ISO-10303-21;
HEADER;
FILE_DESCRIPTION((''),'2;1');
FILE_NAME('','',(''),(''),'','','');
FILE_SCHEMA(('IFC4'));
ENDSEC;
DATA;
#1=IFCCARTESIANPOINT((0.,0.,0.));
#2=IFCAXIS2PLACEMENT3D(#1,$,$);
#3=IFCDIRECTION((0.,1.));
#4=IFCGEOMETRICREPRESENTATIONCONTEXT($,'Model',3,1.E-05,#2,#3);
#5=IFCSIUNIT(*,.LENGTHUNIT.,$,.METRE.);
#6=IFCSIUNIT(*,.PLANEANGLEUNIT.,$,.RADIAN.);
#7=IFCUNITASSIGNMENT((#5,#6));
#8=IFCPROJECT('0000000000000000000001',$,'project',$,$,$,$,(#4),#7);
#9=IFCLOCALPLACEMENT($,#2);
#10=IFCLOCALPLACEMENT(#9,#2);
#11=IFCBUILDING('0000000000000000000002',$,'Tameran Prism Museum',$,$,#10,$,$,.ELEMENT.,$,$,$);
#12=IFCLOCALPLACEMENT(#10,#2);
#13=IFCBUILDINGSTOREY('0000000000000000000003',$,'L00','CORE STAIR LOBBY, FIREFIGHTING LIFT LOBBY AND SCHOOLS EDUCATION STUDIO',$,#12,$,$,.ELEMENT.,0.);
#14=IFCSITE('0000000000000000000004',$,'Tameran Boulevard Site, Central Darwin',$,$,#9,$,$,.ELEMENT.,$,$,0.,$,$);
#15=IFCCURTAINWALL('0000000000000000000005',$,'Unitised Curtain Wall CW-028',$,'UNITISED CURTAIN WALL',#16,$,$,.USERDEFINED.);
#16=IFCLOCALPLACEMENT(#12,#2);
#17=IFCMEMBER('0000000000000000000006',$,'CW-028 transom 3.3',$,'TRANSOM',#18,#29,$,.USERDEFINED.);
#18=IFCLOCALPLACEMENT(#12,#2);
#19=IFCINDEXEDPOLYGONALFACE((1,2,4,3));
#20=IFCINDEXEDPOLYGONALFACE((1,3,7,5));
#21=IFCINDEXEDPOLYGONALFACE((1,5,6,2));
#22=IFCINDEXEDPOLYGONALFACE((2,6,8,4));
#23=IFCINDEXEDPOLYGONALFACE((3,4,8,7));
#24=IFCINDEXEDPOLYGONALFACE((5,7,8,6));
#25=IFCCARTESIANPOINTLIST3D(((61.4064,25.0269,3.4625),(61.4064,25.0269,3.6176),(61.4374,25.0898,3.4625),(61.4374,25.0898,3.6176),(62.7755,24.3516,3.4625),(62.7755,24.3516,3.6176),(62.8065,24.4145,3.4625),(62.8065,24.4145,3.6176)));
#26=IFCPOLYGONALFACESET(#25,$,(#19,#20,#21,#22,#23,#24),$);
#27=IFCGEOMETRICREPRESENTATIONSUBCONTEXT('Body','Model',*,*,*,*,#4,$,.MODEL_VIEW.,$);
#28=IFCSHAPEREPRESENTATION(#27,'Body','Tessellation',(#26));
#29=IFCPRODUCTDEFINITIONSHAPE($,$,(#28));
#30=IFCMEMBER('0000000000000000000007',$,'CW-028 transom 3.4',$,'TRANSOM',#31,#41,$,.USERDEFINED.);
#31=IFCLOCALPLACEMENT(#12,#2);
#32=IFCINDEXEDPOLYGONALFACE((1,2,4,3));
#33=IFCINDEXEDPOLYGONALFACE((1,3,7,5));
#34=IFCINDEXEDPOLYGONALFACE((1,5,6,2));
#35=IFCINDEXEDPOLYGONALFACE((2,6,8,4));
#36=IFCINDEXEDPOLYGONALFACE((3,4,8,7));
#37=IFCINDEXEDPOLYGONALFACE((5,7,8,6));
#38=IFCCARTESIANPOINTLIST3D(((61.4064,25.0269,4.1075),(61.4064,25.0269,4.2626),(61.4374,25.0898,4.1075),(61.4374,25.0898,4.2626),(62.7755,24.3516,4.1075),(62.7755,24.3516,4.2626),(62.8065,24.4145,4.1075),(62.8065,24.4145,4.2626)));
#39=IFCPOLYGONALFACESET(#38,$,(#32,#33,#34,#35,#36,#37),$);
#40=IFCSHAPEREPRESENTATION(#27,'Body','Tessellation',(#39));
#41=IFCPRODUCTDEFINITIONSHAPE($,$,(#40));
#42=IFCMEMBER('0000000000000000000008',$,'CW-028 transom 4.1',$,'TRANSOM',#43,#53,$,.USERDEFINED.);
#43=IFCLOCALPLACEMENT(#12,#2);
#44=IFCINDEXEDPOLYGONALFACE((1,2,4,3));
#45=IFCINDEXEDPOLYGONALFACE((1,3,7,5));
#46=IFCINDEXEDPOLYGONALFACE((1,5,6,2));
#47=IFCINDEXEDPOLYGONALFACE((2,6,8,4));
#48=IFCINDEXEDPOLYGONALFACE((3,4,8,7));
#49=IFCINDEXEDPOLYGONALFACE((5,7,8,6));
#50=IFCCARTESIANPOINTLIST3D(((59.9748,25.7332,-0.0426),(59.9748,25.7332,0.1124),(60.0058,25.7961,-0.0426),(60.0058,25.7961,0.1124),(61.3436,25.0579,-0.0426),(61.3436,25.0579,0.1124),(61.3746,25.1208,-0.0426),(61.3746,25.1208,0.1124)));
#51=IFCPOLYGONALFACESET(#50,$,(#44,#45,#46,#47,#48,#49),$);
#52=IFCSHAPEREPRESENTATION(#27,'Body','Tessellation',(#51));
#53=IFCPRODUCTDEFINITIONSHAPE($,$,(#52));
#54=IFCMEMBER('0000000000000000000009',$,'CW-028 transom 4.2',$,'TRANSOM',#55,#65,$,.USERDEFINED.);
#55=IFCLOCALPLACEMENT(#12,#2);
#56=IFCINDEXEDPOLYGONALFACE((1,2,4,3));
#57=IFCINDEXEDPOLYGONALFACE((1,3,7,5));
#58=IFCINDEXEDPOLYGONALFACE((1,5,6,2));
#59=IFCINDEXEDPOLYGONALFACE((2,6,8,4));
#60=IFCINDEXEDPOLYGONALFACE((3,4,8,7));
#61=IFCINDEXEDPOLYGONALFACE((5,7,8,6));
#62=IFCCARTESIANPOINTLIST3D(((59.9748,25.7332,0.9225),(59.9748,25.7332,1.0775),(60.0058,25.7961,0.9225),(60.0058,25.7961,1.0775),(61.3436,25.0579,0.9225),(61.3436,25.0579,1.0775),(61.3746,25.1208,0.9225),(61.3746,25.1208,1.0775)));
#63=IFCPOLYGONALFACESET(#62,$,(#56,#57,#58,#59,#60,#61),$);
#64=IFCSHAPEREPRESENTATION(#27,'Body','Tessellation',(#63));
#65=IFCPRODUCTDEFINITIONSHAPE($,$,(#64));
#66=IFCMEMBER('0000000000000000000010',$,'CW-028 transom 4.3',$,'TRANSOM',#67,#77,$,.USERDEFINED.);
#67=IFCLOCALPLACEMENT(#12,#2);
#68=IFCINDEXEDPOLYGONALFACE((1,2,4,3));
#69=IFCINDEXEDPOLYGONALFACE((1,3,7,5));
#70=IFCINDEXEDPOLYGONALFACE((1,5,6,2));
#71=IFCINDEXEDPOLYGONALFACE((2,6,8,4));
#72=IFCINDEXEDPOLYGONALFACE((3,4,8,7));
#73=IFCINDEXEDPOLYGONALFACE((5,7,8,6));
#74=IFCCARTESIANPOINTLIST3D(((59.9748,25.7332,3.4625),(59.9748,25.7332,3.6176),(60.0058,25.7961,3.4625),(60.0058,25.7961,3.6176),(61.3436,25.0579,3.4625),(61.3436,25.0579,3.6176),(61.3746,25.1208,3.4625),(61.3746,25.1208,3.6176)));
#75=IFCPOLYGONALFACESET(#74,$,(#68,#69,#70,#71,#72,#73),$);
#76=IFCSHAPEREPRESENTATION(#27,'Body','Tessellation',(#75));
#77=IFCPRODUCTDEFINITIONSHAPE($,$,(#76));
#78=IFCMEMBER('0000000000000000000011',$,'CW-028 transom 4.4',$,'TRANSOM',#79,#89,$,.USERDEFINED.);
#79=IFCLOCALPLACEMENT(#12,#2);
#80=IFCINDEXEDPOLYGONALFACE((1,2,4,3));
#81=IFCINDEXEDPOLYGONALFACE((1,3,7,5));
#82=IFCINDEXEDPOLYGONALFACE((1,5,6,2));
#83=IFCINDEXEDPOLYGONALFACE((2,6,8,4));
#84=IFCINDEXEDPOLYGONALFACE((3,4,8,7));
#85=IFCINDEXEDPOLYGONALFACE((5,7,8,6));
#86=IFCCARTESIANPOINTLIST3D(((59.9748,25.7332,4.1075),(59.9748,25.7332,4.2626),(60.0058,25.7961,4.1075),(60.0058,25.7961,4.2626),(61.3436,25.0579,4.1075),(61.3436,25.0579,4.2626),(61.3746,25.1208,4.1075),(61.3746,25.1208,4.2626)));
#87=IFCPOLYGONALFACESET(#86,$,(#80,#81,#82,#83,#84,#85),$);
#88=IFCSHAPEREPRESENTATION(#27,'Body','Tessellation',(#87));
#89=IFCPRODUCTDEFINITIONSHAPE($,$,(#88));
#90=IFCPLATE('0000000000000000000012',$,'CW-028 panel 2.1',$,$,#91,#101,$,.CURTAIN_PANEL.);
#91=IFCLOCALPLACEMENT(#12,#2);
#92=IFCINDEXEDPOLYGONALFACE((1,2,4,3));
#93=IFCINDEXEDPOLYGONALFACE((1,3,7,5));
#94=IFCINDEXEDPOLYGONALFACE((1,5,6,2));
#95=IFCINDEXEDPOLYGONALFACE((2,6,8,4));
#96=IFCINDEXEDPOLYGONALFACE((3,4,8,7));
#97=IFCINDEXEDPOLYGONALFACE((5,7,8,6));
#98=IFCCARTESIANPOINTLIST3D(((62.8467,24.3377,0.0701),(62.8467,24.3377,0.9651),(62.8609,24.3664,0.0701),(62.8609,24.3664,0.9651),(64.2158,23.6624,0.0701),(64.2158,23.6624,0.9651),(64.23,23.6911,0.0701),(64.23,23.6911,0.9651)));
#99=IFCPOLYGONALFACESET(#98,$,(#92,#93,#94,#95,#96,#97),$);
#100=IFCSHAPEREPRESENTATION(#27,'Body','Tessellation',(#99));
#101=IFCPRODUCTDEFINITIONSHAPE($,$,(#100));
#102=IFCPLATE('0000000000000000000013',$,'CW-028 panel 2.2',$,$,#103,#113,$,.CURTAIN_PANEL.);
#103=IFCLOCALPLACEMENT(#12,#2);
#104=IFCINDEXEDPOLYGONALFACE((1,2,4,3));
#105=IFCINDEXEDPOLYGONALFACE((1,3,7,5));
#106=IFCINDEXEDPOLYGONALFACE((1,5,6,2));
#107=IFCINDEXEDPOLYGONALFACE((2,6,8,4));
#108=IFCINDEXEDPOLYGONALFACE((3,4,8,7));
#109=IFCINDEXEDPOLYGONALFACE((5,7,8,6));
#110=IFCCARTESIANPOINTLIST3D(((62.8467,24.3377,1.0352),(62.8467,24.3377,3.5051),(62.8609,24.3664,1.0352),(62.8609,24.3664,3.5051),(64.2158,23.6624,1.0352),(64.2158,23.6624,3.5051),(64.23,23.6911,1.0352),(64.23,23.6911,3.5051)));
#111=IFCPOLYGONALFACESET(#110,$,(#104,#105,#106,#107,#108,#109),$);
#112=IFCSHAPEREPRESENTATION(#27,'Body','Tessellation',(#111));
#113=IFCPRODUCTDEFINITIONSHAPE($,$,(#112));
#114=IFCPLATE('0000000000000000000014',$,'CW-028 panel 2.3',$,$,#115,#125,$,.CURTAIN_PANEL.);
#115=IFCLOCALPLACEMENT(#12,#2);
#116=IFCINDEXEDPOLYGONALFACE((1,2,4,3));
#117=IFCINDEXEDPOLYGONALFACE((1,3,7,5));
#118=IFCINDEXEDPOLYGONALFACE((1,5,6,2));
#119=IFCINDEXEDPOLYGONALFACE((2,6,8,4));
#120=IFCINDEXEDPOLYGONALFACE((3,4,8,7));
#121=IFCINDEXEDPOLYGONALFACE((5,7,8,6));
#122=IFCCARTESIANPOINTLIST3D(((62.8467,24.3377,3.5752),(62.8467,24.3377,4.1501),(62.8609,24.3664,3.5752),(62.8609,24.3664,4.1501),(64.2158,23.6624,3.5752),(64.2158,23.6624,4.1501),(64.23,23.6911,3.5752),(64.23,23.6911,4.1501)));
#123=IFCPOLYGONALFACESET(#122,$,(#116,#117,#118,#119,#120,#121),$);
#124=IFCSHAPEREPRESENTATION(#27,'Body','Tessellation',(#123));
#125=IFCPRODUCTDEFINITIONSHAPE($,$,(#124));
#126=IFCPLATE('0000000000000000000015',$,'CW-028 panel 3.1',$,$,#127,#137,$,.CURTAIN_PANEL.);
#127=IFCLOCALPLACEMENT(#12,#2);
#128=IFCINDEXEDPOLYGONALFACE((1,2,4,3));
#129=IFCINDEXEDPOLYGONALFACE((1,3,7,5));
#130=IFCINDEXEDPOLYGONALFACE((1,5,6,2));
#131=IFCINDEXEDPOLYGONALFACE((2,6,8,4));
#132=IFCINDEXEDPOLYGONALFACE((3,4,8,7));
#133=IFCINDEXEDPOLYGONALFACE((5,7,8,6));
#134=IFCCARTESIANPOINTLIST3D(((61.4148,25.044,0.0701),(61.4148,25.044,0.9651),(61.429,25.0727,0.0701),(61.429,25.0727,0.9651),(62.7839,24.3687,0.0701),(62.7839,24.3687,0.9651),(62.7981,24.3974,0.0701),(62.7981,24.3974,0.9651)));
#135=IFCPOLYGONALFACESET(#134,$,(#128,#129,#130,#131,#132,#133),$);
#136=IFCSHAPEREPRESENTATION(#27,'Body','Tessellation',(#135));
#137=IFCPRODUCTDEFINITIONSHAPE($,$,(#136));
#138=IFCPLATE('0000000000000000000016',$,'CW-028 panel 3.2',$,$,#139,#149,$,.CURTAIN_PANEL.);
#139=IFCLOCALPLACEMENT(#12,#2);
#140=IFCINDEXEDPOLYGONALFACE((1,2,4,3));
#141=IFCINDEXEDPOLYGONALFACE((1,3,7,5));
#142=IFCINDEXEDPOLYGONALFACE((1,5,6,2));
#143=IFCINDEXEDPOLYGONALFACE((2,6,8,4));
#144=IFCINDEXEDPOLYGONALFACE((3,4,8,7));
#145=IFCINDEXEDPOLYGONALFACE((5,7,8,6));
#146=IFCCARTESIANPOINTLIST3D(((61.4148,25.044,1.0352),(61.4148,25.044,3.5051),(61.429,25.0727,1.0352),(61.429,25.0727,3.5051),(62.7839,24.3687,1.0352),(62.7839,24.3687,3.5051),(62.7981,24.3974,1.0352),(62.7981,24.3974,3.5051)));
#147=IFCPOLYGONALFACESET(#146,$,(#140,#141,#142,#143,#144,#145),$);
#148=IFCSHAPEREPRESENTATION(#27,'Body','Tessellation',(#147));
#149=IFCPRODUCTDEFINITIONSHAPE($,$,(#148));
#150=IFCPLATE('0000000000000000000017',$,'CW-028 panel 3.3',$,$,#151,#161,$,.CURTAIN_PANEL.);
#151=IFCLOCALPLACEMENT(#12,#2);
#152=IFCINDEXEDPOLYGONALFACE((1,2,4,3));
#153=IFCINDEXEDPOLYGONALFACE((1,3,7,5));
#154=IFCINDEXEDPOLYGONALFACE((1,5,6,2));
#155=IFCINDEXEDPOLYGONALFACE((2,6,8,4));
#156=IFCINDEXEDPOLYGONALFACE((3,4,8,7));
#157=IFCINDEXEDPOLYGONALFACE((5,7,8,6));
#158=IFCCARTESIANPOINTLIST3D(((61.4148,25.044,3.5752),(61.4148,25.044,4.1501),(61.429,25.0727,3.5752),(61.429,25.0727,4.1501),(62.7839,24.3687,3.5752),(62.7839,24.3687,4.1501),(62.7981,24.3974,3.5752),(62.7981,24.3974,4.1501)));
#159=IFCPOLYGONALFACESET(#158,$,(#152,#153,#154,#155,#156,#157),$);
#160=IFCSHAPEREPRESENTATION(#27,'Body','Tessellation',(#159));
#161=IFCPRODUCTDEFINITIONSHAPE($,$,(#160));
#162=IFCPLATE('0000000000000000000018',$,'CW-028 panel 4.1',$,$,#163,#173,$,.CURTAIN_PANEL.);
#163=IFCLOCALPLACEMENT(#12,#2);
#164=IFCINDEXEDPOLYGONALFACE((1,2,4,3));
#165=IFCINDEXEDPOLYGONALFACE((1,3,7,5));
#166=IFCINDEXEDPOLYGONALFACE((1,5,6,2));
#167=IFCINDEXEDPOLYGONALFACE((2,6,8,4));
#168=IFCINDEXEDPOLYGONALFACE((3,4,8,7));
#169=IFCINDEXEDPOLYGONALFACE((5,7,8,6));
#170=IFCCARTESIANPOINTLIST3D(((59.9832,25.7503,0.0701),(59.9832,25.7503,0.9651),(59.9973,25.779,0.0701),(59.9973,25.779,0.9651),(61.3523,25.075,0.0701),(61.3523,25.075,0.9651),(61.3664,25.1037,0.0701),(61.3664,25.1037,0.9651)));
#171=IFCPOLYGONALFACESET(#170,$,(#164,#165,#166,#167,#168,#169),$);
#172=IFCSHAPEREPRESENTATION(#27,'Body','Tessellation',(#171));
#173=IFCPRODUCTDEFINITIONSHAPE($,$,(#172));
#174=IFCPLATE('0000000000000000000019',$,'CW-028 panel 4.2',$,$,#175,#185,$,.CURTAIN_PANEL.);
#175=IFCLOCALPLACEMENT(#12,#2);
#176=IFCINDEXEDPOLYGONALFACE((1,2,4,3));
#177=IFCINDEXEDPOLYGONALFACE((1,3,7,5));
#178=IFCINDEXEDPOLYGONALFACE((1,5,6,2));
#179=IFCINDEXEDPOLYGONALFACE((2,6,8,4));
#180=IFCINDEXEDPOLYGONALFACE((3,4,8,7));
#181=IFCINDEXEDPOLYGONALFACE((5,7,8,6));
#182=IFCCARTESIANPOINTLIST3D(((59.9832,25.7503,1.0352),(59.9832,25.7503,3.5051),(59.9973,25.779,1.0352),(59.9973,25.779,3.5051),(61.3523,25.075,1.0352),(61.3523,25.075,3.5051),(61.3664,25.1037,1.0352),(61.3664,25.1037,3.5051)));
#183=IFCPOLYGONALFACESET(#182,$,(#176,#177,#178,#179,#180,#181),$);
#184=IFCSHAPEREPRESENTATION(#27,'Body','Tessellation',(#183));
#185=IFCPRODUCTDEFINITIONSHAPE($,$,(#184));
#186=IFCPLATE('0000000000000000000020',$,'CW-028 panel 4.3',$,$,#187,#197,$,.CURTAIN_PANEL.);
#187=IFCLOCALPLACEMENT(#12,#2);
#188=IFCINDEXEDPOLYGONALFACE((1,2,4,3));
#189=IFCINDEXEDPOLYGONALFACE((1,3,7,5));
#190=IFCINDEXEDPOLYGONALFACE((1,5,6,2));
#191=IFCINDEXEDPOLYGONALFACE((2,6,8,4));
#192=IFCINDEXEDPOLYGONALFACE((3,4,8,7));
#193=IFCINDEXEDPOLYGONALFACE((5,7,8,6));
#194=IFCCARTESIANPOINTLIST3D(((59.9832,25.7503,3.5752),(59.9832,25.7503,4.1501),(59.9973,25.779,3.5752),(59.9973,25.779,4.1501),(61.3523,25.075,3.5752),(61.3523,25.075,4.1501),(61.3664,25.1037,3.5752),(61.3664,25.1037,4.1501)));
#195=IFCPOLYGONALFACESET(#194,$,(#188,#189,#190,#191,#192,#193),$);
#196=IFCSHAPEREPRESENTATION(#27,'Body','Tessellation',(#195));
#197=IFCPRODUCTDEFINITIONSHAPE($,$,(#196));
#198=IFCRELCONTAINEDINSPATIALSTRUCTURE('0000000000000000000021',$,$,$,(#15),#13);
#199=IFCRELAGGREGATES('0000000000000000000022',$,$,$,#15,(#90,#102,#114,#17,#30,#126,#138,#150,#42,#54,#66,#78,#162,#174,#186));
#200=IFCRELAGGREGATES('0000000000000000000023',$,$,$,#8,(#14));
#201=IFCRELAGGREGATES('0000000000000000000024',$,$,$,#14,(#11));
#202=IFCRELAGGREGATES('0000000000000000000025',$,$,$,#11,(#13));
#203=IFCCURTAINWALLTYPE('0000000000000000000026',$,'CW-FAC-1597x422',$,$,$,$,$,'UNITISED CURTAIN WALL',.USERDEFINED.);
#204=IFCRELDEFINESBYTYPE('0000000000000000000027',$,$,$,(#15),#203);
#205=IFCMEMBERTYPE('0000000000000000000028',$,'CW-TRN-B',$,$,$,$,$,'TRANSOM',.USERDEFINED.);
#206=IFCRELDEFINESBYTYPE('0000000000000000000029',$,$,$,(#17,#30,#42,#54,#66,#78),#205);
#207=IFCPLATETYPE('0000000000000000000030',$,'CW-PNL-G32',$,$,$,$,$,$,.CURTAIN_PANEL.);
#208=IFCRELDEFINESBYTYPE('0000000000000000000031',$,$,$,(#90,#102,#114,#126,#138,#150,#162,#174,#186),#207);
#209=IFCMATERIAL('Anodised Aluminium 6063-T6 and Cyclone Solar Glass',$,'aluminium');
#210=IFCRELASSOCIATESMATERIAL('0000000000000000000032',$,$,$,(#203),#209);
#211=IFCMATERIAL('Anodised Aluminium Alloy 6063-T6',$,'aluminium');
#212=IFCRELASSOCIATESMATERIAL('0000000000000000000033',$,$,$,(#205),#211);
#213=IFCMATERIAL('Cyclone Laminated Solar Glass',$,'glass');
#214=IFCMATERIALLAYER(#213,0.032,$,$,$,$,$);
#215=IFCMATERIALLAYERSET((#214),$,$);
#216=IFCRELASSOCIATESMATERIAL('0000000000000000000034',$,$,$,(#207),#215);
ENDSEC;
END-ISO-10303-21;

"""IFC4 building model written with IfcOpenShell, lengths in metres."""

from ifc_helpers import new_model, si_unit, direction, frame, origin, origin_2d, place, context, subcontext, project, spatial, rectangle, extrude, material, layer, layer_set, material_profile, profile_set, type_object, element, aggregate, save


model = new_model("IFC4")

# Units and contexts
model_context = context("Model", 3, precision=1e-05, world=origin(), true_north=direction((0.0, 1.0)))
body_context = subcontext(model_context, "Body", "Model", "MODEL_VIEW")
ifc_project = project(units=[si_unit("LENGTHUNIT", "METRE"), si_unit("PLANEANGLEUNIT", "RADIAN")], contexts=[model_context])

# Site, building, storey
site_placement = place(None, origin())
site = spatial("IfcSite", under=ifc_project, at=site_placement, Name="Tameran Boulevard Site, Central Darwin", CompositionType="ELEMENT", RefElevation=0.0)
building_placement = place(site_placement, origin())
building = spatial("IfcBuilding", under=site, at=building_placement, Name="Tameran Prism Museum", CompositionType="ELEMENT")
storey_placement = place(building_placement, origin())
storey = spatial("IfcBuildingStorey", under=building, at=storey_placement, Name="L00", Description="CORE STAIR LOBBY, FIREFIGHTING LIFT LOBBY AND SCHOOLS EDUCATION STUDIO", CompositionType="ELEMENT", Elevation=0.0)

# Curtain wall, members, plates
ifc_material_1 = material(Name="Anodised Aluminium 6063-T6 and Cyclone Solar Glass", Category="aluminium")
curtain_wall_type = type_object("IfcCurtainWallType", Name="CW-FAC-1597x422", ElementType="UNITISED CURTAIN WALL", PredefinedType="USERDEFINED", material=ifc_material_1)
curtain_wall_placement = place(storey_placement, origin())
curtain_wall = element("IfcCurtainWall", 1, at=curtain_wall_placement, inside=storey, type_object=curtain_wall_type, Name="Unitised Curtain Wall CW-028", ObjectType="UNITISED CURTAIN WALL", PredefinedType="USERDEFINED")
ifc_material_2 = material(Name="Anodised Aluminium Alloy 6063-T6", Category="aluminium")
ifc_material_profile_1 = material_profile(ifc_material_2, rectangle(XDim=0.0701, YDim=0.155, at=origin_2d()))
ifc_profile_set_1 = profile_set([ifc_material_profile_1])
member_type_1 = type_object("IfcMemberType", Name="CW-TRN-B", ElementType="TRANSOM", PredefinedType="USERDEFINED", material=ifc_profile_set_1)
member_1_placement = place(storey_placement, frame((62.791, 24.3831, 3.54), z_axis=(-0.896845, 0.442345, 0.0), x_axis=(-0.442345, -0.896845, 0.0)))
member_1 = element("IfcMember", 2, at=member_1_placement, type_object=member_type_1, Name="CW-028 transom 3.3", ObjectType="TRANSOM", PredefinedType="USERDEFINED", context=body_context, shape_type="SweptSolid", body=[
    extrude(rectangle(XDim=0.0701, YDim=0.155, at=origin_2d()), origin(), (0.0, 0.0, 1.0), 1.5266),
])
member_2_placement = place(storey_placement, frame((62.791, 24.3831, 4.1851), z_axis=(-0.896845, 0.442345, 0.0), x_axis=(-0.442345, -0.896845, 0.0)))
member_2 = element("IfcMember", 3, at=member_2_placement, type_object=member_type_1, Name="CW-028 transom 3.4", ObjectType="TRANSOM", PredefinedType="USERDEFINED", context=body_context, shape_type="SweptSolid", body=[
    extrude(rectangle(XDim=0.0701, YDim=0.155, at=origin_2d()), origin(), (0.0, 0.0, 1.0), 1.5266),
])
member_3_placement = place(storey_placement, frame((61.3591, 25.0894, 0.0349), z_axis=(-0.896813, 0.442409, 0.0), x_axis=(-0.442409, -0.896813, 0.0)))
member_3 = element("IfcMember", 4, at=member_3_placement, type_object=member_type_1, Name="CW-028 transom 4.1", ObjectType="TRANSOM", PredefinedType="USERDEFINED", context=body_context, shape_type="SweptSolid", body=[
    extrude(rectangle(XDim=0.0701, YDim=0.155, at=origin_2d()), origin(), (0.0, 0.0, 1.0), 1.5264),
])
member_4_placement = place(storey_placement, frame((61.3591, 25.0894, 1.0), z_axis=(-0.896813, 0.442409, 0.0), x_axis=(-0.442409, -0.896813, 0.0)))
member_4 = element("IfcMember", 5, at=member_4_placement, type_object=member_type_1, Name="CW-028 transom 4.2", ObjectType="TRANSOM", PredefinedType="USERDEFINED", context=body_context, shape_type="SweptSolid", body=[
    extrude(rectangle(XDim=0.0701, YDim=0.155, at=origin_2d()), origin(), (0.0, 0.0, 1.0), 1.5264),
])
member_5_placement = place(storey_placement, frame((61.3591, 25.0894, 3.54), z_axis=(-0.896813, 0.442409, 0.0), x_axis=(-0.442409, -0.896813, 0.0)))
member_5 = element("IfcMember", 6, at=member_5_placement, type_object=member_type_1, Name="CW-028 transom 4.3", ObjectType="TRANSOM", PredefinedType="USERDEFINED", context=body_context, shape_type="SweptSolid", body=[
    extrude(rectangle(XDim=0.0701, YDim=0.155, at=origin_2d()), origin(), (0.0, 0.0, 1.0), 1.5264),
])
member_6_placement = place(storey_placement, frame((61.3591, 25.0894, 4.1851), z_axis=(-0.896813, 0.442409, 0.0), x_axis=(-0.442409, -0.896813, 0.0)))
member_6 = element("IfcMember", 7, at=member_6_placement, type_object=member_type_1, Name="CW-028 transom 4.4", ObjectType="TRANSOM", PredefinedType="USERDEFINED", context=body_context, shape_type="SweptSolid", body=[
    extrude(rectangle(XDim=0.0701, YDim=0.155, at=origin_2d()), origin(), (0.0, 0.0, 1.0), 1.5264),
])
ifc_material_3 = material(Name="Cyclone Laminated Solar Glass", Category="glass")
ifc_layer = layer(ifc_material_3, 0.032)
ifc_layer_set = layer_set([ifc_layer])
plate_type = type_object("IfcPlateType", Name="CW-PNL-G32", PredefinedType="CURTAIN_PANEL", material=ifc_layer_set)
plate_1_placement = place(storey_placement, frame((63.5383, 24.0144, 0.0701), z_axis=(0.0, 0.0, 1.0), x_axis=(-0.896819, 0.442397, 0.0)))
plate_1 = element("IfcPlate", 8, at=plate_1_placement, type_object=plate_type, Name="CW-028 panel 2.1", PredefinedType="CURTAIN_PANEL", context=body_context, shape_type="SweptSolid", body=[
    extrude(rectangle(XDim=1.5266, YDim=0.032, at=origin_2d()), origin(), (0.0, 0.0, 1.0), 0.895),
])
plate_2_placement = place(storey_placement, frame((63.5383, 24.0144, 1.0352), z_axis=(0.0, 0.0, 1.0), x_axis=(-0.896819, 0.442397, 0.0)))
plate_2 = element("IfcPlate", 9, at=plate_2_placement, type_object=plate_type, Name="CW-028 panel 2.2", PredefinedType="CURTAIN_PANEL", context=body_context, shape_type="SweptSolid", body=[
    extrude(rectangle(XDim=1.5266, YDim=0.032, at=origin_2d()), origin(), (0.0, 0.0, 1.0), 2.47),
])
plate_3_placement = place(storey_placement, frame((63.5383, 24.0144, 3.5752), z_axis=(0.0, 0.0, 1.0), x_axis=(-0.896819, 0.442397, 0.0)))
plate_3 = element("IfcPlate", 10, at=plate_3_placement, type_object=plate_type, Name="CW-028 panel 2.3", PredefinedType="CURTAIN_PANEL", context=body_context, shape_type="SweptSolid", body=[
    extrude(rectangle(XDim=1.5266, YDim=0.032, at=origin_2d()), origin(), (0.0, 0.0, 1.0), 0.575),
])
plate_4_placement = place(storey_placement, frame((62.1064, 24.7207, 0.0701), z_axis=(0.0, 0.0, 1.0), x_axis=(-0.896819, 0.442397, 0.0)))
plate_4 = element("IfcPlate", 11, at=plate_4_placement, type_object=plate_type, Name="CW-028 panel 3.1", PredefinedType="CURTAIN_PANEL", context=body_context, shape_type="SweptSolid", body=[
    extrude(rectangle(XDim=1.5266, YDim=0.032, at=origin_2d()), origin(), (0.0, 0.0, 1.0), 0.895),
])
plate_5_placement = place(storey_placement, frame((62.1064, 24.7207, 1.0352), z_axis=(0.0, 0.0, 1.0), x_axis=(-0.896819, 0.442397, 0.0)))
plate_5 = element("IfcPlate", 12, at=plate_5_placement, type_object=plate_type, Name="CW-028 panel 3.2", PredefinedType="CURTAIN_PANEL", context=body_context, shape_type="SweptSolid", body=[
    extrude(rectangle(XDim=1.5266, YDim=0.032, at=origin_2d()), origin(), (0.0, 0.0, 1.0), 2.47),
])
plate_6_placement = place(storey_placement, frame((62.1064, 24.7207, 3.5752), z_axis=(0.0, 0.0, 1.0), x_axis=(-0.896819, 0.442397, 0.0)))
plate_6 = element("IfcPlate", 13, at=plate_6_placement, type_object=plate_type, Name="CW-028 panel 3.3", PredefinedType="CURTAIN_PANEL", context=body_context, shape_type="SweptSolid", body=[
    extrude(rectangle(XDim=1.5266, YDim=0.032, at=origin_2d()), origin(), (0.0, 0.0, 1.0), 0.575),
])
plate_7_placement = place(storey_placement, frame((60.6748, 25.427, 0.0701), z_axis=(0.0, 0.0, 1.0), x_axis=(-0.896819, 0.442397, 0.0)))
plate_7 = element("IfcPlate", 14, at=plate_7_placement, type_object=plate_type, Name="CW-028 panel 4.1", PredefinedType="CURTAIN_PANEL", context=body_context, shape_type="SweptSolid", body=[
    extrude(rectangle(XDim=1.5266, YDim=0.032, at=origin_2d()), origin(), (0.0, 0.0, 1.0), 0.895),
])
plate_8_placement = place(storey_placement, frame((60.6748, 25.427, 1.0352), z_axis=(0.0, 0.0, 1.0), x_axis=(-0.896819, 0.442397, 0.0)))
plate_8 = element("IfcPlate", 15, at=plate_8_placement, type_object=plate_type, Name="CW-028 panel 4.2", PredefinedType="CURTAIN_PANEL", context=body_context, shape_type="SweptSolid", body=[
    extrude(rectangle(XDim=1.5266, YDim=0.032, at=origin_2d()), origin(), (0.0, 0.0, 1.0), 2.47),
])
plate_9_placement = place(storey_placement, frame((60.6748, 25.427, 3.5752), z_axis=(0.0, 0.0, 1.0), x_axis=(-0.896819, 0.442397, 0.0)))
plate_9 = element("IfcPlate", 16, at=plate_9_placement, type_object=plate_type, Name="CW-028 panel 4.3", PredefinedType="CURTAIN_PANEL", context=body_context, shape_type="SweptSolid", body=[
    extrude(rectangle(XDim=1.5266, YDim=0.032, at=origin_2d()), origin(), (0.0, 0.0, 1.0), 0.575),
])
aggregate(curtain_wall, [plate_1, plate_2, plate_3, member_1, member_2, plate_4, plate_5, plate_6, member_3, member_4, member_5, member_6, plate_7, plate_8, plate_9])

save(model, "model.ifc")
